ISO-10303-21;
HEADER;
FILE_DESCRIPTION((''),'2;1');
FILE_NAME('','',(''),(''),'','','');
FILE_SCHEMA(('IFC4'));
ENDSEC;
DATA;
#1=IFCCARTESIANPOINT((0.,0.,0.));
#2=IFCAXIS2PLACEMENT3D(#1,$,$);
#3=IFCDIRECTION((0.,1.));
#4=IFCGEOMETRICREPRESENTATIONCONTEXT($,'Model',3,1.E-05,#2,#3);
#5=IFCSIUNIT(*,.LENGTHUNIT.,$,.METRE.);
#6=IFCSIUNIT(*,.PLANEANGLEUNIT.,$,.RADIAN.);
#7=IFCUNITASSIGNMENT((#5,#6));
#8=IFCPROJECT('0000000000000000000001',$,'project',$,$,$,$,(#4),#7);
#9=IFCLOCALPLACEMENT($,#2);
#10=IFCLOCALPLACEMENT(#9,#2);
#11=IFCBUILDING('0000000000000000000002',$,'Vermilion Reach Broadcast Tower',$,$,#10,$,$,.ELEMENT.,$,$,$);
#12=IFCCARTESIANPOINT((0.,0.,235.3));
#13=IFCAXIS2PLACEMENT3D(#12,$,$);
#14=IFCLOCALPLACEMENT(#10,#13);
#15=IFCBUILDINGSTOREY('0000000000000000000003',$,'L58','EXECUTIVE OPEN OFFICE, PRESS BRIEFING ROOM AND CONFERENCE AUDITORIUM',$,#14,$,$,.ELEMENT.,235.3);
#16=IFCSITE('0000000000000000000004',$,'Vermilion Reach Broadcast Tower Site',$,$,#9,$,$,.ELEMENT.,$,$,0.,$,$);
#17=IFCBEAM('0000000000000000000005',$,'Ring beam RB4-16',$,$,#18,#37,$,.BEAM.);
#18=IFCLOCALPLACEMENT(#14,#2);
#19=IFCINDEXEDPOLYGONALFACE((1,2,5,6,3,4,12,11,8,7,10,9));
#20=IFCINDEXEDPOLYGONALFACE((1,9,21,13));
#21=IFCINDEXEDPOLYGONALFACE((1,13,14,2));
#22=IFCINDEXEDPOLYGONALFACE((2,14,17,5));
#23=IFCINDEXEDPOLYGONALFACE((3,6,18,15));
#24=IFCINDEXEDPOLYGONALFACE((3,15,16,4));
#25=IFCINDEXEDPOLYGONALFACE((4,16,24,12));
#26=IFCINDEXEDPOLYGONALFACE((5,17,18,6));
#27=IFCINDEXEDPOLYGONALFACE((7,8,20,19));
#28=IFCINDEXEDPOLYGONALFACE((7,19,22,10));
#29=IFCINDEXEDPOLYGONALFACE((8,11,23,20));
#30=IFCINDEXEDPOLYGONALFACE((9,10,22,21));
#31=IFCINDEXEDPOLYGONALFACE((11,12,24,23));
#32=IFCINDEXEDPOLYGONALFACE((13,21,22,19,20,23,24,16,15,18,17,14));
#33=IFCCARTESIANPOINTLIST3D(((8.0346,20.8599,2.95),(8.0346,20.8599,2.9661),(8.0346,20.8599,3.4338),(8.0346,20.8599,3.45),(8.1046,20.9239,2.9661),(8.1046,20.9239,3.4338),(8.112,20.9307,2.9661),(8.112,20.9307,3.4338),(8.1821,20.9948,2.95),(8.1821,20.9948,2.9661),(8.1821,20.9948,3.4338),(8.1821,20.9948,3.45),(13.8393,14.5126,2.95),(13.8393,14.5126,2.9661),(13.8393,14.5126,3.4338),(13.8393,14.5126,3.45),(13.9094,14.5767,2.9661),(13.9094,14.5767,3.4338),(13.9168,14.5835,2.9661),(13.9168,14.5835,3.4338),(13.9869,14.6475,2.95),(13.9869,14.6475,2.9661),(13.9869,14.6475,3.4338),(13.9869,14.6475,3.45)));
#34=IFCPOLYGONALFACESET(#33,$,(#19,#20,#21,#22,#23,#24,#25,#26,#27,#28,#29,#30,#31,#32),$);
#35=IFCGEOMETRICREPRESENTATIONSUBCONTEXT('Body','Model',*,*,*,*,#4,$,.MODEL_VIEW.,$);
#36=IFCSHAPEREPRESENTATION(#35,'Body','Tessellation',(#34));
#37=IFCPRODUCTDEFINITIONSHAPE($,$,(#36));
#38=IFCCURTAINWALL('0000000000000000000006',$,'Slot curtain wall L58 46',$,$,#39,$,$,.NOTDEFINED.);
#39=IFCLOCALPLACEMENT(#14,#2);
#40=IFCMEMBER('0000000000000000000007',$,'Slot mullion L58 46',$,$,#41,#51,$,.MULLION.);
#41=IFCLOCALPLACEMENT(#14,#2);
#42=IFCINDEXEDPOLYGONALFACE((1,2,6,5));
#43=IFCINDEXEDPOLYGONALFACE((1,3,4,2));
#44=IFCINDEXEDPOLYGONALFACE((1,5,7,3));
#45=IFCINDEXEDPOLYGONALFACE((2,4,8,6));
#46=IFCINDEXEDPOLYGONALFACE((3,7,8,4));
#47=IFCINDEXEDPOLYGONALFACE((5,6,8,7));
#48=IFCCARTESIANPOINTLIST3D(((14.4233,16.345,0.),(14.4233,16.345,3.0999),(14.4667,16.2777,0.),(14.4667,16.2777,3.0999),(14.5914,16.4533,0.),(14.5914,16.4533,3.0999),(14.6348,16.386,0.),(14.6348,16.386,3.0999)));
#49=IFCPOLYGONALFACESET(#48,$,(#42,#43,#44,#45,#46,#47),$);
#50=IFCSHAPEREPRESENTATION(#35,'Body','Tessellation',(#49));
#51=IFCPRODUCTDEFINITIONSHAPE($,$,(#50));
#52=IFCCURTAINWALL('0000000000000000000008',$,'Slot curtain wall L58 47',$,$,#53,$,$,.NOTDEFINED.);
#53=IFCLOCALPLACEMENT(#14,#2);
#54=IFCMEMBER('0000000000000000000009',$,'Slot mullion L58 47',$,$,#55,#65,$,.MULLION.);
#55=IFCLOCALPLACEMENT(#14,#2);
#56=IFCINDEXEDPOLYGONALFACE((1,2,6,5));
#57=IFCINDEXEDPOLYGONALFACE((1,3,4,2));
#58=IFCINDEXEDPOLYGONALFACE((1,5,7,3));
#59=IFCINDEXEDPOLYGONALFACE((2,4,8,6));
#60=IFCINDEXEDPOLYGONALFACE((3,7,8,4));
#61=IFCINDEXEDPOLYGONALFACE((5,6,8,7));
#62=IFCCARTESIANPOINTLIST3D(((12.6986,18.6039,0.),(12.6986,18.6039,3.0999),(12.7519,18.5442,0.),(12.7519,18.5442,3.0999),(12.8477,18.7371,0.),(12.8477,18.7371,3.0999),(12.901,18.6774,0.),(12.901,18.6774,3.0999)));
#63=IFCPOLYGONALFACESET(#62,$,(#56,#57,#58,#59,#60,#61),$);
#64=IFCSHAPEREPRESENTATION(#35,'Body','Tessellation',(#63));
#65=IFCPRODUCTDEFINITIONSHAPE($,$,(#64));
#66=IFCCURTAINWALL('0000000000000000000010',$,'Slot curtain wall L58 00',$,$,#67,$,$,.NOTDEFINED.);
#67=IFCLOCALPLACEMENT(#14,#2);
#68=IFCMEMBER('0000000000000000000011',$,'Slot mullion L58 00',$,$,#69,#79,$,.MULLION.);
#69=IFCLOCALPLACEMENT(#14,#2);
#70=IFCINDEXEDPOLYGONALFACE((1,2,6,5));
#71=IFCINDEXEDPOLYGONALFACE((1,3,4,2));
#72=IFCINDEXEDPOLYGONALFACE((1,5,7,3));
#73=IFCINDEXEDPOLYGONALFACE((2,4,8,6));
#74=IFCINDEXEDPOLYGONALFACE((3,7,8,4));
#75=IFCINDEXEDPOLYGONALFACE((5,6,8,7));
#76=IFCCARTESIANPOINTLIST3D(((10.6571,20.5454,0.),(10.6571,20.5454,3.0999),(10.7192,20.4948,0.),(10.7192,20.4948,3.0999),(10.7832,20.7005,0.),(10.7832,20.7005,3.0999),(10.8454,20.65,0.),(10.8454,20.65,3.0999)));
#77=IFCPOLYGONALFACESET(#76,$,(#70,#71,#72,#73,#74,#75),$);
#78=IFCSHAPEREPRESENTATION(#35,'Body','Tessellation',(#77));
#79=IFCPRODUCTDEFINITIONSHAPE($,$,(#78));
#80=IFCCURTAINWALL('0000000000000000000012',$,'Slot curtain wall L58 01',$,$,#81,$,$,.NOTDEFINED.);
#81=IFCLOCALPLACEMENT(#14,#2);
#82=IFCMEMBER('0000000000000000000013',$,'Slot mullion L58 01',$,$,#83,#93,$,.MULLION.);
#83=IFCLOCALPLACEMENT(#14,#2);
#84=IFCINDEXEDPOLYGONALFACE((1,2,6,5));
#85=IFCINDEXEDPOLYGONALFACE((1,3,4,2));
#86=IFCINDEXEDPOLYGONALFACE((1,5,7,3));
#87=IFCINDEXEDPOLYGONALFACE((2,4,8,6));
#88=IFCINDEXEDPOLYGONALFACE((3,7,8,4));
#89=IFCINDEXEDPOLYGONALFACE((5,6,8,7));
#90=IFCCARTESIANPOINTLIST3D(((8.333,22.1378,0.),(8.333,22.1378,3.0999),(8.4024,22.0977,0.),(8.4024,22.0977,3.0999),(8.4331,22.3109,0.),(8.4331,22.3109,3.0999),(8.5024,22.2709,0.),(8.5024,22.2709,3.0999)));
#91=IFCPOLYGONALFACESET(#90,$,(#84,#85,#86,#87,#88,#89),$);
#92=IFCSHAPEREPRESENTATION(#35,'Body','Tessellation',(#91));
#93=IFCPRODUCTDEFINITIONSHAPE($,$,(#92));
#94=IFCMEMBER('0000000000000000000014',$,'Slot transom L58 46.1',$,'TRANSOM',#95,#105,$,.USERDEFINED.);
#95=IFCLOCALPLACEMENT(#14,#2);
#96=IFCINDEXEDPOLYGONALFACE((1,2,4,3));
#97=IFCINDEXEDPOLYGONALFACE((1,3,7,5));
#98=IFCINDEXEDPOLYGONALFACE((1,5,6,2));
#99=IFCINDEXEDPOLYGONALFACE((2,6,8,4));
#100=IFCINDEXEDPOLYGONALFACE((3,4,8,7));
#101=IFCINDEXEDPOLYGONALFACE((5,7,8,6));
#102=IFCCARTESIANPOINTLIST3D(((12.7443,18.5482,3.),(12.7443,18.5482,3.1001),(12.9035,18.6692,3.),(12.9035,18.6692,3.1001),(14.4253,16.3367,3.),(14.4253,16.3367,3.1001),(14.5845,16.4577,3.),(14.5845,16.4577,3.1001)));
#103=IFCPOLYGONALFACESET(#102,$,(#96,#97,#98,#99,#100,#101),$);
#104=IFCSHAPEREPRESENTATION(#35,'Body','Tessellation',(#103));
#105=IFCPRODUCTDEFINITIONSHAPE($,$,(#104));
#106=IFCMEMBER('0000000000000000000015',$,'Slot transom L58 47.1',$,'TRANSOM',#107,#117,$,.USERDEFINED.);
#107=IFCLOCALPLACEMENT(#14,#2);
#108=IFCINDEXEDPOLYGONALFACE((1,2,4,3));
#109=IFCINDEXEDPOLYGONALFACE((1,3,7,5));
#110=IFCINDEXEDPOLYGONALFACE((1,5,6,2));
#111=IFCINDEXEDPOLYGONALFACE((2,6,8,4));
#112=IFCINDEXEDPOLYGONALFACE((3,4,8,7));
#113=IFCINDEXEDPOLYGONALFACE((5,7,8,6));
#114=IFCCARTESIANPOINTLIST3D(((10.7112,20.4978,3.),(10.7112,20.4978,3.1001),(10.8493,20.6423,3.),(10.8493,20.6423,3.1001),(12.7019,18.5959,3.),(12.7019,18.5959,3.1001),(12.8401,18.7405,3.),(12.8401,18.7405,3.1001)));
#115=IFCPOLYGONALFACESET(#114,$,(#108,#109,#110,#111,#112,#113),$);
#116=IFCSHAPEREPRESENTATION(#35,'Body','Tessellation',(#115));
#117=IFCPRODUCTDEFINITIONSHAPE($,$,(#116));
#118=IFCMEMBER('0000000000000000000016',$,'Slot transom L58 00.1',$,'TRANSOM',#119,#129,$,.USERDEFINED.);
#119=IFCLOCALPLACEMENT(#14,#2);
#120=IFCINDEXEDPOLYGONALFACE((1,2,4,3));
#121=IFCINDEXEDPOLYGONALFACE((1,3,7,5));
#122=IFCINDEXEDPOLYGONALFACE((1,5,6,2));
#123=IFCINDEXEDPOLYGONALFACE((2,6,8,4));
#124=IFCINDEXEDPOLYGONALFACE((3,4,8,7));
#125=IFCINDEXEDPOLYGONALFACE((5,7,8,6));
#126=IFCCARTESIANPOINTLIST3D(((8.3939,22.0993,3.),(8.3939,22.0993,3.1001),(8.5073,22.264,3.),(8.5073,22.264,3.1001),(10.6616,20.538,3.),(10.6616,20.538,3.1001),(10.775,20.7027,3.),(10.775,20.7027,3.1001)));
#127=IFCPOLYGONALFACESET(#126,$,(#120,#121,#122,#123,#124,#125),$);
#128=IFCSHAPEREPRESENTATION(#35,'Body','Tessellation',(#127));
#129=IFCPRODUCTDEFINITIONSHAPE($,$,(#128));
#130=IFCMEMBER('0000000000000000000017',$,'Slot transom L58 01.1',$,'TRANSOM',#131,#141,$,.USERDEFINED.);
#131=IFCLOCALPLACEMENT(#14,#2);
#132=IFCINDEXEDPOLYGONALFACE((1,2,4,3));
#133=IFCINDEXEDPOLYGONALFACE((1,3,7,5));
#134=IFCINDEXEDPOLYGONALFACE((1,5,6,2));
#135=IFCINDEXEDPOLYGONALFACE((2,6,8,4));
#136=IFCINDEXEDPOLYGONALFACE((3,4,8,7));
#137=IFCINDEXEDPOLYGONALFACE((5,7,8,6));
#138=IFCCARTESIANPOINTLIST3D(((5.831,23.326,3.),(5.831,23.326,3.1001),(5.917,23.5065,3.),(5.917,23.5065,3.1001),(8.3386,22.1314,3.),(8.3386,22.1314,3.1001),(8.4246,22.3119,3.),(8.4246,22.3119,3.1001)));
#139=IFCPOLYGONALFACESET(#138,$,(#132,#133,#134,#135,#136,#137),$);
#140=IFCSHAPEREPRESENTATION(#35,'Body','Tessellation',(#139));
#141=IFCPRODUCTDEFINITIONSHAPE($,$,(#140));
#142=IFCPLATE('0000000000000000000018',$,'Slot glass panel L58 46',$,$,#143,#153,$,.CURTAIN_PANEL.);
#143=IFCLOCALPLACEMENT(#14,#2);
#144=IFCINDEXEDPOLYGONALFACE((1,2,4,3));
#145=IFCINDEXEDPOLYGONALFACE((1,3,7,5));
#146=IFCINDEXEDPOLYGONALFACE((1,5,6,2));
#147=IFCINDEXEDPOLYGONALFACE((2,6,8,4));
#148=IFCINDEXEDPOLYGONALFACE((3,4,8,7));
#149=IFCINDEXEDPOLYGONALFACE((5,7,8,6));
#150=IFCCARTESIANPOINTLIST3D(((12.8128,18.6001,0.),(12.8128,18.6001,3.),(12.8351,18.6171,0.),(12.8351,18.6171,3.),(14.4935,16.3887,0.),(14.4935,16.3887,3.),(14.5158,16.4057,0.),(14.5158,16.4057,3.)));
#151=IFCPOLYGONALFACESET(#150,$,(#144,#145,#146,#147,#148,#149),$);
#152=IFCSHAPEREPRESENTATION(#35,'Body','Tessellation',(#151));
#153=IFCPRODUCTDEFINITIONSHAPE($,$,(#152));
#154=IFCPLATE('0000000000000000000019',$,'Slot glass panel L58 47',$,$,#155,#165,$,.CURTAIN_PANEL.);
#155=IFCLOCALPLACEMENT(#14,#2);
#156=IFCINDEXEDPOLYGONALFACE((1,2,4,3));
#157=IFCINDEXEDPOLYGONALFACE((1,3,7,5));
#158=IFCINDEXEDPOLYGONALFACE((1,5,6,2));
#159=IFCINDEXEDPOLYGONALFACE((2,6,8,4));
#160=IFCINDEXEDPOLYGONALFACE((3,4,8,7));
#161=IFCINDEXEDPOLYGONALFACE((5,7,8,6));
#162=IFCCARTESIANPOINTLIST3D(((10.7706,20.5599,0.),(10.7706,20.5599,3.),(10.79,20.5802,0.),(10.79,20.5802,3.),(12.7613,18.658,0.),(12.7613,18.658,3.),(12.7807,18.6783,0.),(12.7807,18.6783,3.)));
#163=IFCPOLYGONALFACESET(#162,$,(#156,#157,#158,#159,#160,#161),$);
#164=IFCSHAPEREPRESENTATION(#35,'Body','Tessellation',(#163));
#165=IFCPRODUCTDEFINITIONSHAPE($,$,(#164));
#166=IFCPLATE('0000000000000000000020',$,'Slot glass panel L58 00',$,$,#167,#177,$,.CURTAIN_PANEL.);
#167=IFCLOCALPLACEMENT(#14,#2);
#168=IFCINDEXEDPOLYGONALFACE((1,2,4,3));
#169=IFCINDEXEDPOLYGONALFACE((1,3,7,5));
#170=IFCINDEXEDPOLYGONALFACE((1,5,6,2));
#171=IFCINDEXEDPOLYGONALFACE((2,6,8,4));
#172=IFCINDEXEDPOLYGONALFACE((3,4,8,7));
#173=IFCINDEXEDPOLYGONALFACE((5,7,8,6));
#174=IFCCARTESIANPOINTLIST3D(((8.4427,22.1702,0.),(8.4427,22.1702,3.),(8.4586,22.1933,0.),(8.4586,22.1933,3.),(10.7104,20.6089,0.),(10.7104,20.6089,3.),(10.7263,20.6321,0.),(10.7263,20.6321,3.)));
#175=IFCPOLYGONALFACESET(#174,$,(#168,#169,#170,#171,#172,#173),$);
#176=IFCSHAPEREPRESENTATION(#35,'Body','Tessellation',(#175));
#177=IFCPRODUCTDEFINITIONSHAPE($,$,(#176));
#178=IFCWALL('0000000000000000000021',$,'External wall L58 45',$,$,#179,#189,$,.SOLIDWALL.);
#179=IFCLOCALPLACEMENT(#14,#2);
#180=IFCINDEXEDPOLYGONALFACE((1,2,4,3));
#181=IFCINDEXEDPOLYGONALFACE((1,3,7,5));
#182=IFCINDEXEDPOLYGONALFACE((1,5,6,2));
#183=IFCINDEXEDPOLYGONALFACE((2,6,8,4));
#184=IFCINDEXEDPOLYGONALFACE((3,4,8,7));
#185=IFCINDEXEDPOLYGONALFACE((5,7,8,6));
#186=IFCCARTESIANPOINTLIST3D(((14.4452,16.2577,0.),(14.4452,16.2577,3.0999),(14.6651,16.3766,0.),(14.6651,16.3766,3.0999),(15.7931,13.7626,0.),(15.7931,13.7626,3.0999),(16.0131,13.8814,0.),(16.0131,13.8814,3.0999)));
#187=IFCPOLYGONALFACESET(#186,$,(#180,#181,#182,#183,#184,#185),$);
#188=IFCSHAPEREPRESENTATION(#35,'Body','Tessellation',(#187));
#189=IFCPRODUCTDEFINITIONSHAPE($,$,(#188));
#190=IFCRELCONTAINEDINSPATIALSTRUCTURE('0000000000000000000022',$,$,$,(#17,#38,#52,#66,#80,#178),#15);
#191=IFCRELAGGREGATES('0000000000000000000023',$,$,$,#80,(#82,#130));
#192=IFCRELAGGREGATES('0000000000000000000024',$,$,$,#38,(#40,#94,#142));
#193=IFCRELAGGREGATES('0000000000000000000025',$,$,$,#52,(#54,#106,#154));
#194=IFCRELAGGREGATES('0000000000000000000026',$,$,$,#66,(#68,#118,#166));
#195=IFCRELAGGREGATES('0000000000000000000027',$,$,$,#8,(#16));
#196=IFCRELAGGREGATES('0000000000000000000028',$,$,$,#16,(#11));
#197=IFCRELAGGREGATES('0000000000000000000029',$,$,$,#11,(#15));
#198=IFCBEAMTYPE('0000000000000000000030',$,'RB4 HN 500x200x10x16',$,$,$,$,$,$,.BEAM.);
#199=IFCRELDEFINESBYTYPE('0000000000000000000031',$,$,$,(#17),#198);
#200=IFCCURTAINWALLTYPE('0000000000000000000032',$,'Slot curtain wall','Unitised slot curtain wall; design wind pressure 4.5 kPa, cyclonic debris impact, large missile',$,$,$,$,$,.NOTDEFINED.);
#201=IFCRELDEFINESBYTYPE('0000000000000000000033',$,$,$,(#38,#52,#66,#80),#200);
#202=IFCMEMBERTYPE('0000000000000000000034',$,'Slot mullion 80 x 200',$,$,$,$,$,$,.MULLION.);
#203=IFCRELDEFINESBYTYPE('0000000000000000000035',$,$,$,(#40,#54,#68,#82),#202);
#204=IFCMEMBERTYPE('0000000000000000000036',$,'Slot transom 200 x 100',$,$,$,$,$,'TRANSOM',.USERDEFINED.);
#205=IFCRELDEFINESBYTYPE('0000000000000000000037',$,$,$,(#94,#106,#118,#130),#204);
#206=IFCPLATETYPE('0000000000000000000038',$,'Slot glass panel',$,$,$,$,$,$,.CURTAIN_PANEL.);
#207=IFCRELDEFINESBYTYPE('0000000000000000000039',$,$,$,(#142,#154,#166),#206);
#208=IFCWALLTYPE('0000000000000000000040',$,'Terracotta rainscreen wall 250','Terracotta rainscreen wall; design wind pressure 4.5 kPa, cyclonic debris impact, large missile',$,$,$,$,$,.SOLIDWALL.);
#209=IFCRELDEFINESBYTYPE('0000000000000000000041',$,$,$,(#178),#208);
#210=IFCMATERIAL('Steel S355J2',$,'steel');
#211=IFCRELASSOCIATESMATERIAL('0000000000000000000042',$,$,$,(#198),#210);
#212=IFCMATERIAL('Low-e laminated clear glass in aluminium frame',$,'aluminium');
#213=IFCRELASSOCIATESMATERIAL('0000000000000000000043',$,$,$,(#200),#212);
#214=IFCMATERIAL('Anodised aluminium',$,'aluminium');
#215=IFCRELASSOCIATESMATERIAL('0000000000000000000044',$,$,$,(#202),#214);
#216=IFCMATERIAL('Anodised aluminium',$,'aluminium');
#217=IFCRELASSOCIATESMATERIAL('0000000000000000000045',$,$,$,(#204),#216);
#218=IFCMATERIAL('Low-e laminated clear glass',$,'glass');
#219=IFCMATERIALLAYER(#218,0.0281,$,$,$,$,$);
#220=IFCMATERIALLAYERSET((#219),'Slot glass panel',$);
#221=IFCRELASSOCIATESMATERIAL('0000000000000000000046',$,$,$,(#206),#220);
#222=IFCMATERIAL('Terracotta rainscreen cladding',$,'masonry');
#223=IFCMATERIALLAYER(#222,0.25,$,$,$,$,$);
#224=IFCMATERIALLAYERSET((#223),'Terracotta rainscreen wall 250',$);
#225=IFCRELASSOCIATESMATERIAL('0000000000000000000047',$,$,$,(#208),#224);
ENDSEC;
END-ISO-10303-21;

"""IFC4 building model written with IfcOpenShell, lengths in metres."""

from ifc_helpers import new_model, si_unit, direction, frame, frame_2d, origin, origin_2d, place, context, subcontext, project, spatial, rectangle, i_section, extrude, material, layer, layer_set, material_profile, profile_set, type_object, element, aggregate, save


model = new_model("IFC4")

# Units and contexts
model_context = context("Model", 3, precision=1e-05, world=origin(), true_north=direction((0.0, 1.0)))
body_context = subcontext(model_context, "Body", "Model", "MODEL_VIEW")
ifc_project = project(units=[si_unit("LENGTHUNIT", "METRE"), si_unit("PLANEANGLEUNIT", "RADIAN")], contexts=[model_context])

# Site, building, storey
site_placement = place(None, origin())
site = spatial("IfcSite", under=ifc_project, at=site_placement, Name="Vermilion Reach Broadcast Tower Site", CompositionType="ELEMENT", RefElevation=0.0)
building_placement = place(site_placement, origin())
building = spatial("IfcBuilding", under=site, at=building_placement, Name="Vermilion Reach Broadcast Tower", CompositionType="ELEMENT")
storey_placement = place(building_placement, frame((0.0, 0.0, 235.3)))
storey = spatial("IfcBuildingStorey", under=building, at=storey_placement, Name="L58", Description="EXECUTIVE OPEN OFFICE, PRESS BRIEFING ROOM AND CONFERENCE AUDITORIUM", CompositionType="ELEMENT", Elevation=235.3)

# Beam
ifc_material_1 = material(Name="Steel S355J2", Category="steel")
ifc_material_profile_1 = material_profile(ifc_material_1, i_section(OverallWidth=0.2, OverallDepth=0.5, WebThickness=0.01, FlangeThickness=0.0161, at=origin_2d()), Name="S355J2 HN 500x200x10x16")
ifc_profile_set_1 = profile_set([ifc_material_profile_1], Name="Steel S355J2")
beam_type_1 = type_object("IfcBeamType", Name="RB4 HN 500x200x10x16", PredefinedType="BEAM", material=ifc_profile_set_1)
beam_1_placement = place(storey_placement, frame((13.9131, 14.5801, 3.2), z_axis=(-0.674868, 0.737938, 0.0), x_axis=(-0.737938, -0.674868, 0.0)))
element("IfcBeam", 1, at=beam_1_placement, inside=storey, type_object=beam_type_1, Name="Ring beam RB4-16", PredefinedType="BEAM", context=body_context, shape_type="SweptSolid", body=[
    extrude(i_section(OverallWidth=0.2, OverallDepth=0.5, WebThickness=0.01, FlangeThickness=0.0161, at=origin_2d()), origin(), (0.0, 0.0, 1.0), 8.6013),
])

# Curtain walls, members
ifc_material_2 = material(Name="Low-e laminated clear glass in aluminium frame", Category="aluminium")
curtain_wall_type = type_object("IfcCurtainWallType", Name="Slot curtain wall", Description="Unitised slot curtain wall; design wind pressure 4.5 kPa, cyclonic debris impact, large missile", PredefinedType="NOTDEFINED", material=ifc_material_2)
placement = place(storey_placement, origin())
curtain_wall_1 = element("IfcCurtainWall", 2, at=placement, inside=storey, type_object=curtain_wall_type, Name="Slot curtain wall L58 46", PredefinedType="NOTDEFINED")
ifc_material_3 = material(Name="Anodised aluminium", Category="aluminium")
ifc_material_profile_2 = material_profile(ifc_material_3, rectangle(XDim=0.2, YDim=0.0801, at=origin_2d()), Name="Slot mullion 80 x 200")
ifc_profile_set_2 = profile_set([ifc_material_profile_2], Name="Anodised aluminium")
member_type_1 = type_object("IfcMemberType", Name="Slot mullion 80 x 200", PredefinedType="MULLION", material=ifc_profile_set_2)
member_1_placement = place(storey_placement, frame((14.5291, 16.3655, 0.0), z_axis=(0.0, 0.0, 1.0), x_axis=(-0.840505, -0.541804, 0.0)))
member_1 = element("IfcMember", 3, at=member_1_placement, type_object=member_type_1, Name="Slot mullion L58 46", PredefinedType="MULLION", context=body_context, shape_type="SweptSolid", body=[
    extrude(rectangle(XDim=0.2, YDim=0.0801, at=origin_2d()), origin(), (0.0, 0.0, 1.0), 3.0999),
])
curtain_wall_2 = element("IfcCurtainWall", 4, at=placement, inside=storey, type_object=curtain_wall_type, Name="Slot curtain wall L58 47", PredefinedType="NOTDEFINED")
member_2_placement = place(storey_placement, frame((12.7998, 18.6406, 0.0), z_axis=(0.0, 0.0, 1.0), x_axis=(-0.745812, -0.666156, 0.0)))
member_2 = element("IfcMember", 5, at=member_2_placement, type_object=member_type_1, Name="Slot mullion L58 47", PredefinedType="MULLION", context=body_context, shape_type="SweptSolid", body=[
    extrude(rectangle(XDim=0.2, YDim=0.0801, at=origin_2d()), origin(), (0.0, 0.0, 1.0), 3.0999),
])
curtain_wall_3 = element("IfcCurtainWall", 6, at=placement, inside=storey, type_object=curtain_wall_type, Name="Slot curtain wall L58 00", PredefinedType="NOTDEFINED")
member_3_placement = place(storey_placement, frame((10.7512, 20.5977, 0.0), z_axis=(0.0, 0.0, 1.0), x_axis=(-0.630947, -0.775826, 0.0)))
member_3 = element("IfcMember", 7, at=member_3_placement, type_object=member_type_1, Name="Slot mullion L58 00", PredefinedType="MULLION", context=body_context, shape_type="SweptSolid", body=[
    extrude(rectangle(XDim=0.2, YDim=0.0801, at=origin_2d()), origin(), (0.0, 0.0, 1.0), 3.0999),
])
curtain_wall_4 = element("IfcCurtainWall", 8, at=placement, inside=storey, type_object=curtain_wall_type, Name="Slot curtain wall L58 01", PredefinedType="NOTDEFINED")
member_4_placement = place(storey_placement, frame((8.4177, 22.2043, 0.0), z_axis=(0.0, 0.0, 1.0), x_axis=(-0.500168, -0.865929, 0.0)))
member_4 = element("IfcMember", 9, at=member_4_placement, type_object=member_type_1, Name="Slot mullion L58 01", PredefinedType="MULLION", context=body_context, shape_type="SweptSolid", body=[
    extrude(rectangle(XDim=0.2, YDim=0.0801, at=origin_2d()), origin(), (0.0, 0.0, 1.0), 3.0999),
])

# Members
ifc_material_4 = material(Name="Anodised aluminium", Category="aluminium")
ifc_material_profile_3 = material_profile(ifc_material_4, rectangle(XDim=0.2, YDim=0.1001, at=origin_2d()), Name="Slot transom 200 x 100")
ifc_profile_set_3 = profile_set([ifc_material_profile_3], Name="Anodised aluminium")
member_type_2 = type_object("IfcMemberType", Name="Slot transom 200 x 100", ElementType="TRANSOM", PredefinedType="USERDEFINED", material=ifc_profile_set_3)
member_5_placement = place(storey_placement, frame((14.5049, 16.3972, 3.05), z_axis=(-0.605135, 0.796123, 0.0), x_axis=(-0.796123, -0.605135, 0.0)))
member_5 = element("IfcMember", 10, at=member_5_placement, type_object=member_type_2, Name="Slot transom L58 46.1", ObjectType="TRANSOM", PredefinedType="USERDEFINED", context=body_context, shape_type="SweptSolid", body=[
    extrude(rectangle(XDim=0.2, YDim=0.1001, at=origin_2d()), origin(), (0.0, 0.0, 1.0), 2.7778),
])
member_6_placement = place(storey_placement, frame((12.771, 18.6682, 3.05), z_axis=(-0.723062, 0.690784, 0.0), x_axis=(-0.690784, -0.723062, 0.0)))
member_6 = element("IfcMember", 11, at=member_6_placement, type_object=member_type_2, Name="Slot transom L58 47.1", ObjectType="TRANSOM", PredefinedType="USERDEFINED", context=body_context, shape_type="SweptSolid", body=[
    extrude(rectangle(XDim=0.2, YDim=0.1001, at=origin_2d()), origin(), (0.0, 0.0, 1.0), 2.7532),
])
member_7_placement = place(storey_placement, frame((10.7183, 20.6204, 3.05), z_axis=(-0.823648, 0.567101, 0.0), x_axis=(-0.567101, -0.823648, 0.0)))
member_7 = element("IfcMember", 12, at=member_7_placement, type_object=member_type_2, Name="Slot transom L58 00.1", ObjectType="TRANSOM", PredefinedType="USERDEFINED", context=body_context, shape_type="SweptSolid", body=[
    extrude(rectangle(XDim=0.2, YDim=0.1001, at=origin_2d()), origin(), (0.0, 0.0, 1.0), 2.7532),
])
member_8_placement = place(storey_placement, frame((8.3816, 22.2217, 3.05), z_axis=(-0.902791, 0.43008, 0.0), x_axis=(-0.43008, -0.902791, 0.0)))
member_8 = element("IfcMember", 13, at=member_8_placement, type_object=member_type_2, Name="Slot transom L58 01.1", ObjectType="TRANSOM", PredefinedType="USERDEFINED", context=body_context, shape_type="SweptSolid", body=[
    extrude(rectangle(XDim=0.2, YDim=0.1001, at=origin_2d()), origin(), (0.0, 0.0, 1.0), 2.7776),
])
aggregate(curtain_wall_4, [member_4, member_8])

# Plates
ifc_material_5 = material(Name="Low-e laminated clear glass", Category="glass")
ifc_layer_1 = layer(ifc_material_5, 0.0281)
ifc_layer_set_1 = layer_set([ifc_layer_1], Name="Slot glass panel")
plate_type = type_object("IfcPlateType", Name="Slot glass panel", PredefinedType="CURTAIN_PANEL", material=ifc_layer_set_1)
plate_1_placement = place(storey_placement, frame((13.6643, 17.5029, 0.0), z_axis=(0.0, 0.0, 1.0), x_axis=(-0.605092, 0.796156, 0.0)))
plate_1 = element("IfcPlate", 14, at=plate_1_placement, type_object=plate_type, Name="Slot glass panel L58 46", PredefinedType="CURTAIN_PANEL", context=body_context, shape_type="SweptSolid", body=[
    extrude(rectangle(XDim=2.7776, YDim=0.0281, at=origin_2d()), origin(), (0.0, 0.0, 1.0), 3.0),
])
aggregate(curtain_wall_1, [member_1, member_5, plate_1])
plate_2_placement = place(storey_placement, frame((11.7756, 19.6191, 0.0), z_axis=(0.0, 0.0, 1.0), x_axis=(-0.723049, 0.690797, 0.0)))
plate_2 = element("IfcPlate", 15, at=plate_2_placement, type_object=plate_type, Name="Slot glass panel L58 47", PredefinedType="CURTAIN_PANEL", context=body_context, shape_type="SweptSolid", body=[
    extrude(rectangle(XDim=2.7532, YDim=0.0281, at=origin_2d()), origin(), (0.0, 0.0, 1.0), 3.0),
])
aggregate(curtain_wall_2, [member_2, member_6, plate_2])
plate_3_placement = place(storey_placement, frame((9.5845, 21.4011, 0.0), z_axis=(0.0, 0.0, 1.0), x_axis=(-0.823664, 0.567078, 0.0)))
plate_3 = element("IfcPlate", 16, at=plate_3_placement, type_object=plate_type, Name="Slot glass panel L58 00", PredefinedType="CURTAIN_PANEL", context=body_context, shape_type="SweptSolid", body=[
    extrude(rectangle(XDim=2.7532, YDim=0.0281, at=origin_2d()), origin(), (0.0, 0.0, 1.0), 3.0),
])
aggregate(curtain_wall_3, [member_3, member_7, plate_3])

# Wall
ifc_material_6 = material(Name="Terracotta rainscreen cladding", Category="masonry")
ifc_layer_2 = layer(ifc_material_6, 0.25)
ifc_layer_set_2 = layer_set([ifc_layer_2], Name="Terracotta rainscreen wall 250")
wall_type = type_object("IfcWallType", Name="Terracotta rainscreen wall 250", Description="Terracotta rainscreen wall; design wind pressure 4.5 kPa, cyclonic debris impact, large missile", PredefinedType="SOLIDWALL", material=ifc_layer_set_2)
wall_placement = place(storey_placement, frame((15.9031, 13.822, 0.0), z_axis=(0.0, 0.0, 1.0), x_axis=(-0.475296, 0.879826, 0.0)))
element("IfcWall", 17, at=wall_placement, inside=storey, type_object=wall_type, Name="External wall L58 45", PredefinedType="SOLIDWALL", context=body_context, shape_type="SweptSolid", body=[
    extrude(rectangle(XDim=2.8359, YDim=0.25, at=frame_2d((1.418, 0.0))), origin(), (0.0, 0.0, 1.0), 3.0999),
])

save(model, "model.ifc")
